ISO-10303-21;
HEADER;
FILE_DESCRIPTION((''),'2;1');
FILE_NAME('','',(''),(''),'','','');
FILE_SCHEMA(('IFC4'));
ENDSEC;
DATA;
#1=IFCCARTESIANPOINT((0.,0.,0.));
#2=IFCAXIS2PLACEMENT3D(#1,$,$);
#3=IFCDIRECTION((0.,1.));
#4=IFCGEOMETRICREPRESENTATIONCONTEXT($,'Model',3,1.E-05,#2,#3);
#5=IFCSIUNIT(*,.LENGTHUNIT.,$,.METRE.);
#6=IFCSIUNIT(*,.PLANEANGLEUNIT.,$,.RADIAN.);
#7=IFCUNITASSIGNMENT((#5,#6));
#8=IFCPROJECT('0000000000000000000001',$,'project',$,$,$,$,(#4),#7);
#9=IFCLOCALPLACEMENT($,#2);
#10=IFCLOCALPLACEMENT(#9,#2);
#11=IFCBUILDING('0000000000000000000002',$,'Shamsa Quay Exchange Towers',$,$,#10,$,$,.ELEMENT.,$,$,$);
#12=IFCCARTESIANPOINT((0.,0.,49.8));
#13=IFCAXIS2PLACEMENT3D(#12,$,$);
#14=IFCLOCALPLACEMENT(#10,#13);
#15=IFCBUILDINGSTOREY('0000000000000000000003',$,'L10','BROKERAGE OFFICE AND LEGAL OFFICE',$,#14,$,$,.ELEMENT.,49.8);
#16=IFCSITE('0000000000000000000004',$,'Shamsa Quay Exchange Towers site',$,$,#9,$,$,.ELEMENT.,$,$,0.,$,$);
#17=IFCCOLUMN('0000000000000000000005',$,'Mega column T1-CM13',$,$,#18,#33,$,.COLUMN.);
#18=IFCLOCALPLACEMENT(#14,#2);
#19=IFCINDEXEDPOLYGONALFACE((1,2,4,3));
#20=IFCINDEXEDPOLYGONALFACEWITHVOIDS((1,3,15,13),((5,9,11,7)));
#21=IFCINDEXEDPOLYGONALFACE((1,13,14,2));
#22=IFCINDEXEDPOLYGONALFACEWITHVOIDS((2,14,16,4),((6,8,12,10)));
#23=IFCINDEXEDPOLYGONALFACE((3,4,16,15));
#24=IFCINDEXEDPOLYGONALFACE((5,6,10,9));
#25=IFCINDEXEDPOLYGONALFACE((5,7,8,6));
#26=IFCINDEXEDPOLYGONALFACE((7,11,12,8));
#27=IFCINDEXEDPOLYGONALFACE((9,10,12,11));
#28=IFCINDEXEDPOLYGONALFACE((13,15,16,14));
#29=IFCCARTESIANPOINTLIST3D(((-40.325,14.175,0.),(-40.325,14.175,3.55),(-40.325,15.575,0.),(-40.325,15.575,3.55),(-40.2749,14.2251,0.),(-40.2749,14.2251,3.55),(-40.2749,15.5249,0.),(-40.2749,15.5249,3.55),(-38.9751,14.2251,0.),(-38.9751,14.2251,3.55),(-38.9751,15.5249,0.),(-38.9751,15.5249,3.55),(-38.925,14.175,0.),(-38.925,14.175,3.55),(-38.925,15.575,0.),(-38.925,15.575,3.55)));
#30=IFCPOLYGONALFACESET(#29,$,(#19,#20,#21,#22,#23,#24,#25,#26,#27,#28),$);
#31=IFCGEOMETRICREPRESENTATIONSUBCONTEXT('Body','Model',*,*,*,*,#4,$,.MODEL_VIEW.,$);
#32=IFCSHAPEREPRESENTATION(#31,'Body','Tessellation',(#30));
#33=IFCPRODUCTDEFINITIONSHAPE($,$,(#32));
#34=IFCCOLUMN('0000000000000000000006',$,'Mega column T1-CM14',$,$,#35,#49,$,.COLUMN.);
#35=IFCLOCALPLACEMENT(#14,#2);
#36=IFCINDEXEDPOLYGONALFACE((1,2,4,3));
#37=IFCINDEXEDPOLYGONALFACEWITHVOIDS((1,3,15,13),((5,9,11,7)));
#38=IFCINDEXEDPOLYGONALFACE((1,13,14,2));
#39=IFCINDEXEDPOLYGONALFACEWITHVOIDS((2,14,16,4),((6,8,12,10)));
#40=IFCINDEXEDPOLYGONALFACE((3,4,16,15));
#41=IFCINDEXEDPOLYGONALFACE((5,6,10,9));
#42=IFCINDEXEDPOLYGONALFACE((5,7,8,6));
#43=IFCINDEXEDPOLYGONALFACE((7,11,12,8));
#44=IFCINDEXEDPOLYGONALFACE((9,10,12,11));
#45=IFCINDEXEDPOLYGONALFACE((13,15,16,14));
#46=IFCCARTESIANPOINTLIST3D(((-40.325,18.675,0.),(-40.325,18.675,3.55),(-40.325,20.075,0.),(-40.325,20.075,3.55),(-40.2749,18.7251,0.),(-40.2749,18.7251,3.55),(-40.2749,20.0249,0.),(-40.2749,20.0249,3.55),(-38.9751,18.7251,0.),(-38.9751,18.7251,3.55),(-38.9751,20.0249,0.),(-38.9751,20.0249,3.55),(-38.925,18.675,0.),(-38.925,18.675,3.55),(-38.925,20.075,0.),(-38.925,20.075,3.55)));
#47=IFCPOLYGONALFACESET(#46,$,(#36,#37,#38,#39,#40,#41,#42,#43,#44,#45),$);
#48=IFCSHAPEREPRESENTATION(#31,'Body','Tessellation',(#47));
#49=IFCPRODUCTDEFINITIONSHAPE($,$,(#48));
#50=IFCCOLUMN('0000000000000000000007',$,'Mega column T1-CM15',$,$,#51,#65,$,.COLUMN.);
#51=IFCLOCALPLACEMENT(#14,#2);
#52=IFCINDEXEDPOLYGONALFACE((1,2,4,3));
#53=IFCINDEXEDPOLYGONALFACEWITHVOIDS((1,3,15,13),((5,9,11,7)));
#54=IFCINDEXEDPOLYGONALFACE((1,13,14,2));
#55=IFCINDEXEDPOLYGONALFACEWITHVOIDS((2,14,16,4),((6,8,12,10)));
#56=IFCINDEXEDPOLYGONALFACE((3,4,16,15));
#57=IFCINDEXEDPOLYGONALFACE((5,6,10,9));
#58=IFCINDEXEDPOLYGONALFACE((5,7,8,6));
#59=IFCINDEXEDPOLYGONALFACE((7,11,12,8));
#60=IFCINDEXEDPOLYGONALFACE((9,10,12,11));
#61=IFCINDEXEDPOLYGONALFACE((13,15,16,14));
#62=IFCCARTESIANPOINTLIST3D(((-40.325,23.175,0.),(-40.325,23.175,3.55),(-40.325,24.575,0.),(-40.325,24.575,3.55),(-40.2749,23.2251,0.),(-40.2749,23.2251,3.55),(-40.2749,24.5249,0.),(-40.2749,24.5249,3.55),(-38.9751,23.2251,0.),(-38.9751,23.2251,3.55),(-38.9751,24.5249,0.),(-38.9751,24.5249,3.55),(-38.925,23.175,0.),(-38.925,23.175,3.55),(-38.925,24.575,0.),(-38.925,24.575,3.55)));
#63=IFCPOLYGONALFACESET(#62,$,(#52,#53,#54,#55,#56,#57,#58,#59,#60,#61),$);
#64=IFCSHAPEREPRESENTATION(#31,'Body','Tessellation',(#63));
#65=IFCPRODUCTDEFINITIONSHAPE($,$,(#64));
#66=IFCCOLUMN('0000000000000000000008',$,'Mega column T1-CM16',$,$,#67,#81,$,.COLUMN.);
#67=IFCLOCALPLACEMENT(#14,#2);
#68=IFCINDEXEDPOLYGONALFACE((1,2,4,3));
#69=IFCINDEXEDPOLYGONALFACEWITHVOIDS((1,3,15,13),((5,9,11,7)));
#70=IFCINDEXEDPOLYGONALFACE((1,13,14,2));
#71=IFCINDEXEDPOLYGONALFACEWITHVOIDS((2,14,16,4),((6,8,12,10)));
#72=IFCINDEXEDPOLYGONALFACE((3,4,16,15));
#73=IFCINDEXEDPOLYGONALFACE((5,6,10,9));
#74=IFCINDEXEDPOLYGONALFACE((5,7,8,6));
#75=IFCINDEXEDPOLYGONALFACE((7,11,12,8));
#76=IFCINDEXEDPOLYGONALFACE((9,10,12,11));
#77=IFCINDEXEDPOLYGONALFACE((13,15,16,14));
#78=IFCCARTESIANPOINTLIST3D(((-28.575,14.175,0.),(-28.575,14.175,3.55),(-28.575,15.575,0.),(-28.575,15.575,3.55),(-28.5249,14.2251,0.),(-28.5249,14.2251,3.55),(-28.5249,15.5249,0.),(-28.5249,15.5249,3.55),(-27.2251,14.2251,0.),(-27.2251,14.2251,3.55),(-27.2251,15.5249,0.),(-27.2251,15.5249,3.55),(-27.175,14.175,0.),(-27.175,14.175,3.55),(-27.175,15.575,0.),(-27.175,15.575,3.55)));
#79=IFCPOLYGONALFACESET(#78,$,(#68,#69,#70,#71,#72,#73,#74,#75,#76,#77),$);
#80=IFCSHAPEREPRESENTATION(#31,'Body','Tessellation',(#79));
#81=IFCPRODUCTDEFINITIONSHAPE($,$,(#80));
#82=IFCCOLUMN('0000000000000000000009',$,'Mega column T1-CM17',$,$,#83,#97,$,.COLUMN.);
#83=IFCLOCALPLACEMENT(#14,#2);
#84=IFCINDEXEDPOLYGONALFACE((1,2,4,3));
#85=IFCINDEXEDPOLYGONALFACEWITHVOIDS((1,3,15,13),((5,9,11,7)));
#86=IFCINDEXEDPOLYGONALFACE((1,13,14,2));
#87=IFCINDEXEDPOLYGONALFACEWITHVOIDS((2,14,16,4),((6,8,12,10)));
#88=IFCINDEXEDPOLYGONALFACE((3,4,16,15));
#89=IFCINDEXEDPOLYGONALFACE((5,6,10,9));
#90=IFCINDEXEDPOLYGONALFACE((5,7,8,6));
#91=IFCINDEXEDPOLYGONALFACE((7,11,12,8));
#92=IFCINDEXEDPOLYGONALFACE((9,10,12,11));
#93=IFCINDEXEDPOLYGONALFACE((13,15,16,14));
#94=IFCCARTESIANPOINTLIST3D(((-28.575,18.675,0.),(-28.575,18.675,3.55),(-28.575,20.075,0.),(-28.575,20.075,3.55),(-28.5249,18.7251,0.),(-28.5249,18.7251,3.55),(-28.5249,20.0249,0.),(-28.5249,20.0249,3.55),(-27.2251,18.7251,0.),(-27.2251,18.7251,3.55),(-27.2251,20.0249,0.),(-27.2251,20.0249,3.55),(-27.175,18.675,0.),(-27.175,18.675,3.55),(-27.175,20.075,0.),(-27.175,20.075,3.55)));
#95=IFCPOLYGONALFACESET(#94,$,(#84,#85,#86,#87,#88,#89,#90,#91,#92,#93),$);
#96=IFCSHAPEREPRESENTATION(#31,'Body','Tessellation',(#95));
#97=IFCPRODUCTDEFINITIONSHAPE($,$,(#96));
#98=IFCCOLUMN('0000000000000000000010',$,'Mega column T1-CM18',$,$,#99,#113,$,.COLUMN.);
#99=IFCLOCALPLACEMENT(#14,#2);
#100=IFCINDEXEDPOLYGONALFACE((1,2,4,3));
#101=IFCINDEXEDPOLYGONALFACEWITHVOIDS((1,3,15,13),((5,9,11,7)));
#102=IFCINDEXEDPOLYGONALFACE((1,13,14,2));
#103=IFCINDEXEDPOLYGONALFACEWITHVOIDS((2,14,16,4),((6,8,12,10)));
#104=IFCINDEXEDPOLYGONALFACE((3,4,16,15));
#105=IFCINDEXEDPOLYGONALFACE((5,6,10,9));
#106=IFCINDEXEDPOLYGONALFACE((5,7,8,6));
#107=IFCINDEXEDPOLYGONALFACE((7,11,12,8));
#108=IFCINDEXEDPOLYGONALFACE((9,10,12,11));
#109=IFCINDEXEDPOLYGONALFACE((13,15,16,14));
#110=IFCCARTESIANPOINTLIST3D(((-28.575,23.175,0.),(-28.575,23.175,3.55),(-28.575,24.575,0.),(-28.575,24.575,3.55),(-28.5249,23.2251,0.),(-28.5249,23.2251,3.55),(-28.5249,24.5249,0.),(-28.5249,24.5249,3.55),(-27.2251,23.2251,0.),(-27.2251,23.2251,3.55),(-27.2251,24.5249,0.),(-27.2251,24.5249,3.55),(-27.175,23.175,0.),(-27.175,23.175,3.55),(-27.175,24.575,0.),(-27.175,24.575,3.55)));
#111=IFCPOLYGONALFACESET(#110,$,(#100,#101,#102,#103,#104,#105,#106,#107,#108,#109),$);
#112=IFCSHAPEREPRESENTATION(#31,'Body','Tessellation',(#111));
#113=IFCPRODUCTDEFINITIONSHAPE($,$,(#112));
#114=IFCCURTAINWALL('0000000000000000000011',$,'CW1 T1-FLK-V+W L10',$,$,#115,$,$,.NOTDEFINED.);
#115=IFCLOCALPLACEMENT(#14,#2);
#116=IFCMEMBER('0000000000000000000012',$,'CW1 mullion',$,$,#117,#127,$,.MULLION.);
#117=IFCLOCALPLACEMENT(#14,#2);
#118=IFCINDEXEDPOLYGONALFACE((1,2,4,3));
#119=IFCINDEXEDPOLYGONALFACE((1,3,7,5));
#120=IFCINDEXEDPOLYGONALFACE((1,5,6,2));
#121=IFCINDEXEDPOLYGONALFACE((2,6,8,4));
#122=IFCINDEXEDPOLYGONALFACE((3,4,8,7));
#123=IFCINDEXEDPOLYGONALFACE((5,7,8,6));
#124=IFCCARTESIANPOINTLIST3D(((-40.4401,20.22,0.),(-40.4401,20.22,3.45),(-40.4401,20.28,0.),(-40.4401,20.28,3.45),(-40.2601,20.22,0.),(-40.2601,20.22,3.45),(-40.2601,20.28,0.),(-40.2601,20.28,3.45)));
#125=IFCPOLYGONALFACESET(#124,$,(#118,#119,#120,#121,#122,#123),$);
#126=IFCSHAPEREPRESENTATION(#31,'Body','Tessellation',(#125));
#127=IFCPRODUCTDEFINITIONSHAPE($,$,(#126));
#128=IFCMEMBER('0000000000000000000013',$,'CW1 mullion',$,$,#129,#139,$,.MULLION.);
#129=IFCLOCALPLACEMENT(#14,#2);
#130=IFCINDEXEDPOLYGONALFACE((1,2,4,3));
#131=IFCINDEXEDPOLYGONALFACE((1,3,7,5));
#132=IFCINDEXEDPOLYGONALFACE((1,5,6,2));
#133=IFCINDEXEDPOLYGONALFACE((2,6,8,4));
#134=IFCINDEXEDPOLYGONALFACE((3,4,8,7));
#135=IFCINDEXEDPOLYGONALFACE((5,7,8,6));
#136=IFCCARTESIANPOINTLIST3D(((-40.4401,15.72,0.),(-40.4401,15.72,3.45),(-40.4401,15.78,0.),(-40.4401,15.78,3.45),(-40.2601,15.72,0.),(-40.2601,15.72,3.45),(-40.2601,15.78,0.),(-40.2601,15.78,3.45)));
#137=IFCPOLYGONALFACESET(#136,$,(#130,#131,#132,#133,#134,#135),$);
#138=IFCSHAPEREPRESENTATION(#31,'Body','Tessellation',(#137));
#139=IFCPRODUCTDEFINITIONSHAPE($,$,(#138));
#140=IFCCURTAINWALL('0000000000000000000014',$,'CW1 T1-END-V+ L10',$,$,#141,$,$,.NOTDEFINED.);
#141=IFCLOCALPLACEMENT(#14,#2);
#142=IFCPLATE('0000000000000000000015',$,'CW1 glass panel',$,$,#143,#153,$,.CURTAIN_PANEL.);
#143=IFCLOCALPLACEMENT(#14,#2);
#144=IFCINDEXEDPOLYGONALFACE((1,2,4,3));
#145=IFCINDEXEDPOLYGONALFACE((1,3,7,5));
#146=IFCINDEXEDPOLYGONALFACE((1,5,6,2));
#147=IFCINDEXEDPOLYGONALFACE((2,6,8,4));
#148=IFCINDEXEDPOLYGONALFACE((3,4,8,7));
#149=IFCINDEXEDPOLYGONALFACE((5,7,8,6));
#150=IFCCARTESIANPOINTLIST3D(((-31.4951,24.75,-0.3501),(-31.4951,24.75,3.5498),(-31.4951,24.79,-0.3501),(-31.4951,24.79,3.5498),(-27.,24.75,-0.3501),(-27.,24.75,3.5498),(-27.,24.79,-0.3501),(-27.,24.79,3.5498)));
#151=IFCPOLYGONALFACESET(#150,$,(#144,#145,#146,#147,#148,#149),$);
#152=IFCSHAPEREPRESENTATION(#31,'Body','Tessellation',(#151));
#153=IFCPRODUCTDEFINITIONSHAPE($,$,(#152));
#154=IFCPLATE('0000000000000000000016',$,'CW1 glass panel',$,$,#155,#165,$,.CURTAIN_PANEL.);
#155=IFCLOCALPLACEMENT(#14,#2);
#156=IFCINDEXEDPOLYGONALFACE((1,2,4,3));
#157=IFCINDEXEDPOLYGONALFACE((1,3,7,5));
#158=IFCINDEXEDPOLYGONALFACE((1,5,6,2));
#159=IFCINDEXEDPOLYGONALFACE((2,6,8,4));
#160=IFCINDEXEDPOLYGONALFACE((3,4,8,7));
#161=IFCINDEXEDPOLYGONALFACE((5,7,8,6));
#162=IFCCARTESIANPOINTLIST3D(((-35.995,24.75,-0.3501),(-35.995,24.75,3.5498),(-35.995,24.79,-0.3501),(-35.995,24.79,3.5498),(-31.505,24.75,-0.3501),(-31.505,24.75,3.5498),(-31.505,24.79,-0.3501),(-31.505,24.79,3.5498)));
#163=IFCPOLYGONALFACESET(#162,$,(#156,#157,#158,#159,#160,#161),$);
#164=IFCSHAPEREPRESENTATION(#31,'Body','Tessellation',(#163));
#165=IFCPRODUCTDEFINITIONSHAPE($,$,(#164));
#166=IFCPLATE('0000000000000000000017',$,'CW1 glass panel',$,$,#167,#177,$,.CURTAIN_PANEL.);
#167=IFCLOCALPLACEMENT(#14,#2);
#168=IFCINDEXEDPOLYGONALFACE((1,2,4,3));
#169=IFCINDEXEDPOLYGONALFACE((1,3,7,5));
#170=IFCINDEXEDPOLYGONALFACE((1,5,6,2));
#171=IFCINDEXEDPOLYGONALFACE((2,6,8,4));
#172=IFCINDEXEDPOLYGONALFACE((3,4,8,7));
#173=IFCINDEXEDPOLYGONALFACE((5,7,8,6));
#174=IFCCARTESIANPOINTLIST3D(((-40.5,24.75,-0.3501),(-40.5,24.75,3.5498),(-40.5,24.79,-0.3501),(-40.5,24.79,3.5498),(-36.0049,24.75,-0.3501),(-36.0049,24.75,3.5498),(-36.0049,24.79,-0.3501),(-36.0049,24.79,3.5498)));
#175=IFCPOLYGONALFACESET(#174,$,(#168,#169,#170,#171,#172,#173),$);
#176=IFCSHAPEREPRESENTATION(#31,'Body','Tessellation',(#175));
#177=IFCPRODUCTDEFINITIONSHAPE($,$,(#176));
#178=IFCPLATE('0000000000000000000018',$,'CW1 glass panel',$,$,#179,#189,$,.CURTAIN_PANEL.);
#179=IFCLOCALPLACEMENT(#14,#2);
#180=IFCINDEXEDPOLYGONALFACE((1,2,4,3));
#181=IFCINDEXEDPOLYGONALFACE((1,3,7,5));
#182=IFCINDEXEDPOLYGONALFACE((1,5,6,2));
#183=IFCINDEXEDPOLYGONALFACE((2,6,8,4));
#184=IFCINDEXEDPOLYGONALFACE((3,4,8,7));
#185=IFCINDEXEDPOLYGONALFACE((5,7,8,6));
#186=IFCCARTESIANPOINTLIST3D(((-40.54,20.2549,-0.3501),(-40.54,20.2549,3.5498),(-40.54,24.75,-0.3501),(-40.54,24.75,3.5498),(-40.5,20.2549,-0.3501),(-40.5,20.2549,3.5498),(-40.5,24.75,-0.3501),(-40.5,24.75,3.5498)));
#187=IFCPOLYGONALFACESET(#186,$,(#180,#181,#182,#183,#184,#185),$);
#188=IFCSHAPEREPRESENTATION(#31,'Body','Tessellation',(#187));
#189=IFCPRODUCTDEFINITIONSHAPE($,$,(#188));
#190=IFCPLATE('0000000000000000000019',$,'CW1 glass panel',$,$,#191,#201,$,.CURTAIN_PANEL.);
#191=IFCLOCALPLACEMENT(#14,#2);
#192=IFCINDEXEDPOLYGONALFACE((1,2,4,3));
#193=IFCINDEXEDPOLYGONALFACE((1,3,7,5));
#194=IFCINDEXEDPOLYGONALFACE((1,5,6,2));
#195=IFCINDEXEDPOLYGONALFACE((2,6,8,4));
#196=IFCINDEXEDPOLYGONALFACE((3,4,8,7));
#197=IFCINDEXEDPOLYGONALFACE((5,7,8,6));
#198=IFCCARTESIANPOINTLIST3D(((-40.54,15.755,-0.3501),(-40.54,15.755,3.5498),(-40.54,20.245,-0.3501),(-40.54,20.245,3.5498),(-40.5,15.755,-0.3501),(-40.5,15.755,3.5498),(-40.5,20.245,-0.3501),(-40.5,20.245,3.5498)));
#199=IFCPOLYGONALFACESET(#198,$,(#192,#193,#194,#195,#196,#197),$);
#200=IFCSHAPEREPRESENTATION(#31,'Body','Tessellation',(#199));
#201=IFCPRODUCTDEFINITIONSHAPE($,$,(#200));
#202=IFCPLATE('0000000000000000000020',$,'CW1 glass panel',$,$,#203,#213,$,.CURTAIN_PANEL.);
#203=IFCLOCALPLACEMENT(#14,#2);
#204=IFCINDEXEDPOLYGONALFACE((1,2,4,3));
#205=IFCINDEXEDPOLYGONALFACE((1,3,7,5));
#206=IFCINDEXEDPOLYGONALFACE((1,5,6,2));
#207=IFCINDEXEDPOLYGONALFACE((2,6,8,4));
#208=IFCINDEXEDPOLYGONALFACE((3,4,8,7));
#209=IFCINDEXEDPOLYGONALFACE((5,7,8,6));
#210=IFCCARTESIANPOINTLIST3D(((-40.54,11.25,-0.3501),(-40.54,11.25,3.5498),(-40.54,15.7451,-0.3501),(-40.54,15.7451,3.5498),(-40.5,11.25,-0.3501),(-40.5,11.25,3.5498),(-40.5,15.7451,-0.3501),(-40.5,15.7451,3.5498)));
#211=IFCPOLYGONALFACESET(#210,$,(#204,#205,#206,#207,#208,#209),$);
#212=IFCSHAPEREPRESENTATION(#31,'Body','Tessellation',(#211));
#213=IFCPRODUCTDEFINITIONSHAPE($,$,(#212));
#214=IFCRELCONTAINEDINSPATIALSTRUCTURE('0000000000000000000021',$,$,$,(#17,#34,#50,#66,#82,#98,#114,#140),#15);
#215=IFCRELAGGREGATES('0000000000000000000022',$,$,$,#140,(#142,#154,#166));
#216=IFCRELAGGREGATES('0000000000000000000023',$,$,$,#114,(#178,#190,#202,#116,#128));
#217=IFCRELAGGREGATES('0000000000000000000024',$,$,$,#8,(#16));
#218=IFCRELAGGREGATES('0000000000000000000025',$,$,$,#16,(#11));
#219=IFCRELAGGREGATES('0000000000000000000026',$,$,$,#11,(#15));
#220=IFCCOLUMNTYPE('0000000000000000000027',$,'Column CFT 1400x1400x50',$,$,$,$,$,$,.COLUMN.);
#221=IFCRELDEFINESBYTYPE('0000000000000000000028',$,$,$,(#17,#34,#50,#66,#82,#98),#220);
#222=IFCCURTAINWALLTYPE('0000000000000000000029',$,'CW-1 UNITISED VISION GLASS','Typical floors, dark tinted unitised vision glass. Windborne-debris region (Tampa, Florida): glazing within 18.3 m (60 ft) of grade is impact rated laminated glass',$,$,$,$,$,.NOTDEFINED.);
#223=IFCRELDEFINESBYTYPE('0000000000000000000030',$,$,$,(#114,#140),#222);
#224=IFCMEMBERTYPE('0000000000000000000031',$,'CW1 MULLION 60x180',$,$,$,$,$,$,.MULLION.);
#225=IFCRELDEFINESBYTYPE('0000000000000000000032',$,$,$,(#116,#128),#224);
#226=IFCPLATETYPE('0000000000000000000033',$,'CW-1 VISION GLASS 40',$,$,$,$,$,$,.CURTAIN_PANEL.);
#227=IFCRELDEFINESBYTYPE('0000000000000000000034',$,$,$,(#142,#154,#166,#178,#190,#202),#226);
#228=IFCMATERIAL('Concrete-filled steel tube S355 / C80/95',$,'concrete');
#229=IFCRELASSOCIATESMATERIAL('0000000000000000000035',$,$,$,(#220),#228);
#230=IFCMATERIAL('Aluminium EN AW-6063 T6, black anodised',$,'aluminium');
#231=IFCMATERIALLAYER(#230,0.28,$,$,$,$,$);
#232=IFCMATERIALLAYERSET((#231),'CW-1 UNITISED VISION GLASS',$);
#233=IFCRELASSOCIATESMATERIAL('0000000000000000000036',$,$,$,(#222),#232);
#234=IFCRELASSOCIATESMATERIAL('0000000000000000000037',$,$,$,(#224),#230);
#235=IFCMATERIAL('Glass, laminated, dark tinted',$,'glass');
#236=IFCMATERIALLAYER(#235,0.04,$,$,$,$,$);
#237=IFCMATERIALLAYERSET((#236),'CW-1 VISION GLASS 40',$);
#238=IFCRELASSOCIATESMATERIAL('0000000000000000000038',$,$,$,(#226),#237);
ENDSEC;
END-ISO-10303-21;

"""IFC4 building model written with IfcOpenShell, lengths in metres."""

from ifc_helpers import new_model, si_unit, direction, frame, origin, origin_2d, place, context, subcontext, project, spatial, rectangle, hollow_rectangle, extrude, material, layer, layer_set, material_profile, profile_set, type_object, element, aggregate, save


model = new_model("IFC4")

# Units and contexts
model_context = context("Model", 3, precision=1e-05, world=origin(), true_north=direction((0.0, 1.0)))
body_context = subcontext(model_context, "Body", "Model", "MODEL_VIEW")
ifc_project = project(units=[si_unit("LENGTHUNIT", "METRE"), si_unit("PLANEANGLEUNIT", "RADIAN")], contexts=[model_context])

# Site, building, storey
site_placement = place(None, origin())
site = spatial("IfcSite", under=ifc_project, at=site_placement, Name="Shamsa Quay Exchange Towers site", CompositionType="ELEMENT", RefElevation=0.0)
building_placement = place(site_placement, origin())
building = spatial("IfcBuilding", under=site, at=building_placement, Name="Shamsa Quay Exchange Towers", CompositionType="ELEMENT")
storey_placement = place(building_placement, frame((0.0, 0.0, 49.8)))
storey = spatial("IfcBuildingStorey", under=building, at=storey_placement, Name="L10", Description="BROKERAGE OFFICE AND LEGAL OFFICE", CompositionType="ELEMENT", Elevation=49.8)

# Columns
ifc_material_1 = material(Name="Concrete-filled steel tube S355 / C80/95", Category="concrete")
ifc_material_profile_1 = material_profile(ifc_material_1, hollow_rectangle(XDim=1.3999, YDim=1.3999, WallThickness=0.05, at=origin_2d()), Name="CFT 1400x1400x50")
ifc_profile_set_1 = profile_set([ifc_material_profile_1], Name="Concrete-filled steel tube S355 / C80/95")
column_type = type_object("IfcColumnType", Name="Column CFT 1400x1400x50", PredefinedType="COLUMN", material=ifc_profile_set_1)
for number, where, name in (
    (1, (-39.625, 14.875, 0.0), "Mega column T1-CM13"),
    (2, (-39.625, 19.375, 0.0), "Mega column T1-CM14"),
    (3, (-39.625, 23.875, 0.0), "Mega column T1-CM15"),
    (4, (-27.875, 14.875, 0.0), "Mega column T1-CM16"),
    (5, (-27.875, 19.375, 0.0), "Mega column T1-CM17"),
    (6, (-27.875, 23.875, 0.0), "Mega column T1-CM18"),
):
    element("IfcColumn", number, at=place(storey_placement, frame(where)), inside=storey, type_object=column_type, Name=name, PredefinedType="COLUMN", context=body_context, shape_type="SweptSolid", body=[
        extrude(hollow_rectangle(XDim=1.3999, YDim=1.3999, WallThickness=0.05, at=origin_2d()), origin(), (0.0, 0.0, 1.0), 3.55),
    ])

# Curtain wall, members
ifc_material_2 = material(Name="Aluminium EN AW-6063 T6, black anodised", Category="aluminium")
ifc_layer_1 = layer(ifc_material_2, 0.28)
ifc_layer_set_1 = layer_set([ifc_layer_1], Name="CW-1 UNITISED VISION GLASS")
curtain_wall_type = type_object("IfcCurtainWallType", Name="CW-1 UNITISED VISION GLASS", Description="Typical floors, dark tinted unitised vision glass. Windborne-debris region (Tampa, Florida): glazing within 18.3 m (60 ft) of grade is impact rated laminated glass", PredefinedType="NOTDEFINED", material=ifc_layer_set_1)
curtain_wall_1_placement = place(storey_placement, origin())
curtain_wall_1 = element("IfcCurtainWall", 7, at=curtain_wall_1_placement, inside=storey, type_object=curtain_wall_type, Name="CW1 T1-FLK-V+W L10", PredefinedType="NOTDEFINED")
ifc_material_profile_2 = material_profile(ifc_material_2, rectangle(XDim=0.1799, YDim=0.0601, at=origin_2d()), Name="MU60x180")
ifc_profile_set_2 = profile_set([ifc_material_profile_2], Name="Aluminium EN AW-6063 T6, black anodised")
member_type = type_object("IfcMemberType", Name="CW1 MULLION 60x180", PredefinedType="MULLION", material=ifc_profile_set_2)
member_1_placement = place(storey_placement, frame((-40.3501, 20.25, 0.0)))
member_1 = element("IfcMember", 8, at=member_1_placement, type_object=member_type, Name="CW1 mullion", PredefinedType="MULLION", context=body_context, shape_type="SweptSolid", body=[
    extrude(rectangle(XDim=0.1799, YDim=0.0601, at=origin_2d()), origin(), (0.0, 0.0, 1.0), 3.45),
])
member_2_placement = place(storey_placement, frame((-40.3501, 15.75, 0.0)))
member_2 = element("IfcMember", 9, at=member_2_placement, type_object=member_type, Name="CW1 mullion", PredefinedType="MULLION", context=body_context, shape_type="SweptSolid", body=[
    extrude(rectangle(XDim=0.1799, YDim=0.0601, at=origin_2d()), origin(), (0.0, 0.0, 1.0), 3.45),
])

# Curtain wall, plates
curtain_wall_2_placement = place(storey_placement, origin())
curtain_wall_2 = element("IfcCurtainWall", 10, at=curtain_wall_2_placement, inside=storey, type_object=curtain_wall_type, Name="CW1 T1-END-V+ L10", PredefinedType="NOTDEFINED")
ifc_material_3 = material(Name="Glass, laminated, dark tinted", Category="glass")
ifc_layer_2 = layer(ifc_material_3, 0.04)
ifc_layer_set_2 = layer_set([ifc_layer_2], Name="CW-1 VISION GLASS 40")
plate_type = type_object("IfcPlateType", Name="CW-1 VISION GLASS 40", PredefinedType="CURTAIN_PANEL", material=ifc_layer_set_2)
plate_1_placement = place(storey_placement, frame((-29.2476, 24.77, -0.3501), z_axis=(0.0, 0.0, 1.0), x_axis=(-1.0, 0.0, 0.0)))
plate_1 = element("IfcPlate", 11, at=plate_1_placement, type_object=plate_type, Name="CW1 glass panel", PredefinedType="CURTAIN_PANEL", context=body_context, shape_type="SweptSolid", body=[
    extrude(rectangle(XDim=4.4951, YDim=0.04, at=origin_2d()), origin(), (0.0, 0.0, 1.0), 3.8999),
])
plate_2_placement = place(storey_placement, frame((-33.75, 24.77, -0.3501), z_axis=(0.0, 0.0, 1.0), x_axis=(-1.0, 0.0, 0.0)))
plate_2 = element("IfcPlate", 12, at=plate_2_placement, type_object=plate_type, Name="CW1 glass panel", PredefinedType="CURTAIN_PANEL", context=body_context, shape_type="SweptSolid", body=[
    extrude(rectangle(XDim=4.49, YDim=0.04, at=origin_2d()), origin(), (0.0, 0.0, 1.0), 3.8999),
])
plate_3_placement = place(storey_placement, frame((-38.2524, 24.77, -0.3501), z_axis=(0.0, 0.0, 1.0), x_axis=(-1.0, 0.0, 0.0)))
plate_3 = element("IfcPlate", 13, at=plate_3_placement, type_object=plate_type, Name="CW1 glass panel", PredefinedType="CURTAIN_PANEL", context=body_context, shape_type="SweptSolid", body=[
    extrude(rectangle(XDim=4.4951, YDim=0.04, at=origin_2d()), origin(), (0.0, 0.0, 1.0), 3.8999),
])
aggregate(curtain_wall_2, [plate_1, plate_2, plate_3])

# Plates
plate_4_placement = place(storey_placement, frame((-40.52, 22.5024, -0.3501), z_axis=(0.0, 0.0, 1.0), x_axis=(0.0, -1.0, 0.0)))
plate_4 = element("IfcPlate", 14, at=plate_4_placement, type_object=plate_type, Name="CW1 glass panel", PredefinedType="CURTAIN_PANEL", context=body_context, shape_type="SweptSolid", body=[
    extrude(rectangle(XDim=4.4951, YDim=0.04, at=origin_2d()), origin(), (0.0, 0.0, 1.0), 3.8999),
])
plate_5_placement = place(storey_placement, frame((-40.52, 18.0, -0.3501), z_axis=(0.0, 0.0, 1.0), x_axis=(0.0, -1.0, 0.0)))
plate_5 = element("IfcPlate", 15, at=plate_5_placement, type_object=plate_type, Name="CW1 glass panel", PredefinedType="CURTAIN_PANEL", context=body_context, shape_type="SweptSolid", body=[
    extrude(rectangle(XDim=4.49, YDim=0.04, at=origin_2d()), origin(), (0.0, 0.0, 1.0), 3.8999),
])
plate_6_placement = place(storey_placement, frame((-40.52, 13.4976, -0.3501), z_axis=(0.0, 0.0, 1.0), x_axis=(0.0, -1.0, 0.0)))
plate_6 = element("IfcPlate", 16, at=plate_6_placement, type_object=plate_type, Name="CW1 glass panel", PredefinedType="CURTAIN_PANEL", context=body_context, shape_type="SweptSolid", body=[
    extrude(rectangle(XDim=4.4951, YDim=0.04, at=origin_2d()), origin(), (0.0, 0.0, 1.0), 3.8999),
])
aggregate(curtain_wall_1, [plate_4, plate_5, plate_6, member_1, member_2])

save(model, "model.ifc")
